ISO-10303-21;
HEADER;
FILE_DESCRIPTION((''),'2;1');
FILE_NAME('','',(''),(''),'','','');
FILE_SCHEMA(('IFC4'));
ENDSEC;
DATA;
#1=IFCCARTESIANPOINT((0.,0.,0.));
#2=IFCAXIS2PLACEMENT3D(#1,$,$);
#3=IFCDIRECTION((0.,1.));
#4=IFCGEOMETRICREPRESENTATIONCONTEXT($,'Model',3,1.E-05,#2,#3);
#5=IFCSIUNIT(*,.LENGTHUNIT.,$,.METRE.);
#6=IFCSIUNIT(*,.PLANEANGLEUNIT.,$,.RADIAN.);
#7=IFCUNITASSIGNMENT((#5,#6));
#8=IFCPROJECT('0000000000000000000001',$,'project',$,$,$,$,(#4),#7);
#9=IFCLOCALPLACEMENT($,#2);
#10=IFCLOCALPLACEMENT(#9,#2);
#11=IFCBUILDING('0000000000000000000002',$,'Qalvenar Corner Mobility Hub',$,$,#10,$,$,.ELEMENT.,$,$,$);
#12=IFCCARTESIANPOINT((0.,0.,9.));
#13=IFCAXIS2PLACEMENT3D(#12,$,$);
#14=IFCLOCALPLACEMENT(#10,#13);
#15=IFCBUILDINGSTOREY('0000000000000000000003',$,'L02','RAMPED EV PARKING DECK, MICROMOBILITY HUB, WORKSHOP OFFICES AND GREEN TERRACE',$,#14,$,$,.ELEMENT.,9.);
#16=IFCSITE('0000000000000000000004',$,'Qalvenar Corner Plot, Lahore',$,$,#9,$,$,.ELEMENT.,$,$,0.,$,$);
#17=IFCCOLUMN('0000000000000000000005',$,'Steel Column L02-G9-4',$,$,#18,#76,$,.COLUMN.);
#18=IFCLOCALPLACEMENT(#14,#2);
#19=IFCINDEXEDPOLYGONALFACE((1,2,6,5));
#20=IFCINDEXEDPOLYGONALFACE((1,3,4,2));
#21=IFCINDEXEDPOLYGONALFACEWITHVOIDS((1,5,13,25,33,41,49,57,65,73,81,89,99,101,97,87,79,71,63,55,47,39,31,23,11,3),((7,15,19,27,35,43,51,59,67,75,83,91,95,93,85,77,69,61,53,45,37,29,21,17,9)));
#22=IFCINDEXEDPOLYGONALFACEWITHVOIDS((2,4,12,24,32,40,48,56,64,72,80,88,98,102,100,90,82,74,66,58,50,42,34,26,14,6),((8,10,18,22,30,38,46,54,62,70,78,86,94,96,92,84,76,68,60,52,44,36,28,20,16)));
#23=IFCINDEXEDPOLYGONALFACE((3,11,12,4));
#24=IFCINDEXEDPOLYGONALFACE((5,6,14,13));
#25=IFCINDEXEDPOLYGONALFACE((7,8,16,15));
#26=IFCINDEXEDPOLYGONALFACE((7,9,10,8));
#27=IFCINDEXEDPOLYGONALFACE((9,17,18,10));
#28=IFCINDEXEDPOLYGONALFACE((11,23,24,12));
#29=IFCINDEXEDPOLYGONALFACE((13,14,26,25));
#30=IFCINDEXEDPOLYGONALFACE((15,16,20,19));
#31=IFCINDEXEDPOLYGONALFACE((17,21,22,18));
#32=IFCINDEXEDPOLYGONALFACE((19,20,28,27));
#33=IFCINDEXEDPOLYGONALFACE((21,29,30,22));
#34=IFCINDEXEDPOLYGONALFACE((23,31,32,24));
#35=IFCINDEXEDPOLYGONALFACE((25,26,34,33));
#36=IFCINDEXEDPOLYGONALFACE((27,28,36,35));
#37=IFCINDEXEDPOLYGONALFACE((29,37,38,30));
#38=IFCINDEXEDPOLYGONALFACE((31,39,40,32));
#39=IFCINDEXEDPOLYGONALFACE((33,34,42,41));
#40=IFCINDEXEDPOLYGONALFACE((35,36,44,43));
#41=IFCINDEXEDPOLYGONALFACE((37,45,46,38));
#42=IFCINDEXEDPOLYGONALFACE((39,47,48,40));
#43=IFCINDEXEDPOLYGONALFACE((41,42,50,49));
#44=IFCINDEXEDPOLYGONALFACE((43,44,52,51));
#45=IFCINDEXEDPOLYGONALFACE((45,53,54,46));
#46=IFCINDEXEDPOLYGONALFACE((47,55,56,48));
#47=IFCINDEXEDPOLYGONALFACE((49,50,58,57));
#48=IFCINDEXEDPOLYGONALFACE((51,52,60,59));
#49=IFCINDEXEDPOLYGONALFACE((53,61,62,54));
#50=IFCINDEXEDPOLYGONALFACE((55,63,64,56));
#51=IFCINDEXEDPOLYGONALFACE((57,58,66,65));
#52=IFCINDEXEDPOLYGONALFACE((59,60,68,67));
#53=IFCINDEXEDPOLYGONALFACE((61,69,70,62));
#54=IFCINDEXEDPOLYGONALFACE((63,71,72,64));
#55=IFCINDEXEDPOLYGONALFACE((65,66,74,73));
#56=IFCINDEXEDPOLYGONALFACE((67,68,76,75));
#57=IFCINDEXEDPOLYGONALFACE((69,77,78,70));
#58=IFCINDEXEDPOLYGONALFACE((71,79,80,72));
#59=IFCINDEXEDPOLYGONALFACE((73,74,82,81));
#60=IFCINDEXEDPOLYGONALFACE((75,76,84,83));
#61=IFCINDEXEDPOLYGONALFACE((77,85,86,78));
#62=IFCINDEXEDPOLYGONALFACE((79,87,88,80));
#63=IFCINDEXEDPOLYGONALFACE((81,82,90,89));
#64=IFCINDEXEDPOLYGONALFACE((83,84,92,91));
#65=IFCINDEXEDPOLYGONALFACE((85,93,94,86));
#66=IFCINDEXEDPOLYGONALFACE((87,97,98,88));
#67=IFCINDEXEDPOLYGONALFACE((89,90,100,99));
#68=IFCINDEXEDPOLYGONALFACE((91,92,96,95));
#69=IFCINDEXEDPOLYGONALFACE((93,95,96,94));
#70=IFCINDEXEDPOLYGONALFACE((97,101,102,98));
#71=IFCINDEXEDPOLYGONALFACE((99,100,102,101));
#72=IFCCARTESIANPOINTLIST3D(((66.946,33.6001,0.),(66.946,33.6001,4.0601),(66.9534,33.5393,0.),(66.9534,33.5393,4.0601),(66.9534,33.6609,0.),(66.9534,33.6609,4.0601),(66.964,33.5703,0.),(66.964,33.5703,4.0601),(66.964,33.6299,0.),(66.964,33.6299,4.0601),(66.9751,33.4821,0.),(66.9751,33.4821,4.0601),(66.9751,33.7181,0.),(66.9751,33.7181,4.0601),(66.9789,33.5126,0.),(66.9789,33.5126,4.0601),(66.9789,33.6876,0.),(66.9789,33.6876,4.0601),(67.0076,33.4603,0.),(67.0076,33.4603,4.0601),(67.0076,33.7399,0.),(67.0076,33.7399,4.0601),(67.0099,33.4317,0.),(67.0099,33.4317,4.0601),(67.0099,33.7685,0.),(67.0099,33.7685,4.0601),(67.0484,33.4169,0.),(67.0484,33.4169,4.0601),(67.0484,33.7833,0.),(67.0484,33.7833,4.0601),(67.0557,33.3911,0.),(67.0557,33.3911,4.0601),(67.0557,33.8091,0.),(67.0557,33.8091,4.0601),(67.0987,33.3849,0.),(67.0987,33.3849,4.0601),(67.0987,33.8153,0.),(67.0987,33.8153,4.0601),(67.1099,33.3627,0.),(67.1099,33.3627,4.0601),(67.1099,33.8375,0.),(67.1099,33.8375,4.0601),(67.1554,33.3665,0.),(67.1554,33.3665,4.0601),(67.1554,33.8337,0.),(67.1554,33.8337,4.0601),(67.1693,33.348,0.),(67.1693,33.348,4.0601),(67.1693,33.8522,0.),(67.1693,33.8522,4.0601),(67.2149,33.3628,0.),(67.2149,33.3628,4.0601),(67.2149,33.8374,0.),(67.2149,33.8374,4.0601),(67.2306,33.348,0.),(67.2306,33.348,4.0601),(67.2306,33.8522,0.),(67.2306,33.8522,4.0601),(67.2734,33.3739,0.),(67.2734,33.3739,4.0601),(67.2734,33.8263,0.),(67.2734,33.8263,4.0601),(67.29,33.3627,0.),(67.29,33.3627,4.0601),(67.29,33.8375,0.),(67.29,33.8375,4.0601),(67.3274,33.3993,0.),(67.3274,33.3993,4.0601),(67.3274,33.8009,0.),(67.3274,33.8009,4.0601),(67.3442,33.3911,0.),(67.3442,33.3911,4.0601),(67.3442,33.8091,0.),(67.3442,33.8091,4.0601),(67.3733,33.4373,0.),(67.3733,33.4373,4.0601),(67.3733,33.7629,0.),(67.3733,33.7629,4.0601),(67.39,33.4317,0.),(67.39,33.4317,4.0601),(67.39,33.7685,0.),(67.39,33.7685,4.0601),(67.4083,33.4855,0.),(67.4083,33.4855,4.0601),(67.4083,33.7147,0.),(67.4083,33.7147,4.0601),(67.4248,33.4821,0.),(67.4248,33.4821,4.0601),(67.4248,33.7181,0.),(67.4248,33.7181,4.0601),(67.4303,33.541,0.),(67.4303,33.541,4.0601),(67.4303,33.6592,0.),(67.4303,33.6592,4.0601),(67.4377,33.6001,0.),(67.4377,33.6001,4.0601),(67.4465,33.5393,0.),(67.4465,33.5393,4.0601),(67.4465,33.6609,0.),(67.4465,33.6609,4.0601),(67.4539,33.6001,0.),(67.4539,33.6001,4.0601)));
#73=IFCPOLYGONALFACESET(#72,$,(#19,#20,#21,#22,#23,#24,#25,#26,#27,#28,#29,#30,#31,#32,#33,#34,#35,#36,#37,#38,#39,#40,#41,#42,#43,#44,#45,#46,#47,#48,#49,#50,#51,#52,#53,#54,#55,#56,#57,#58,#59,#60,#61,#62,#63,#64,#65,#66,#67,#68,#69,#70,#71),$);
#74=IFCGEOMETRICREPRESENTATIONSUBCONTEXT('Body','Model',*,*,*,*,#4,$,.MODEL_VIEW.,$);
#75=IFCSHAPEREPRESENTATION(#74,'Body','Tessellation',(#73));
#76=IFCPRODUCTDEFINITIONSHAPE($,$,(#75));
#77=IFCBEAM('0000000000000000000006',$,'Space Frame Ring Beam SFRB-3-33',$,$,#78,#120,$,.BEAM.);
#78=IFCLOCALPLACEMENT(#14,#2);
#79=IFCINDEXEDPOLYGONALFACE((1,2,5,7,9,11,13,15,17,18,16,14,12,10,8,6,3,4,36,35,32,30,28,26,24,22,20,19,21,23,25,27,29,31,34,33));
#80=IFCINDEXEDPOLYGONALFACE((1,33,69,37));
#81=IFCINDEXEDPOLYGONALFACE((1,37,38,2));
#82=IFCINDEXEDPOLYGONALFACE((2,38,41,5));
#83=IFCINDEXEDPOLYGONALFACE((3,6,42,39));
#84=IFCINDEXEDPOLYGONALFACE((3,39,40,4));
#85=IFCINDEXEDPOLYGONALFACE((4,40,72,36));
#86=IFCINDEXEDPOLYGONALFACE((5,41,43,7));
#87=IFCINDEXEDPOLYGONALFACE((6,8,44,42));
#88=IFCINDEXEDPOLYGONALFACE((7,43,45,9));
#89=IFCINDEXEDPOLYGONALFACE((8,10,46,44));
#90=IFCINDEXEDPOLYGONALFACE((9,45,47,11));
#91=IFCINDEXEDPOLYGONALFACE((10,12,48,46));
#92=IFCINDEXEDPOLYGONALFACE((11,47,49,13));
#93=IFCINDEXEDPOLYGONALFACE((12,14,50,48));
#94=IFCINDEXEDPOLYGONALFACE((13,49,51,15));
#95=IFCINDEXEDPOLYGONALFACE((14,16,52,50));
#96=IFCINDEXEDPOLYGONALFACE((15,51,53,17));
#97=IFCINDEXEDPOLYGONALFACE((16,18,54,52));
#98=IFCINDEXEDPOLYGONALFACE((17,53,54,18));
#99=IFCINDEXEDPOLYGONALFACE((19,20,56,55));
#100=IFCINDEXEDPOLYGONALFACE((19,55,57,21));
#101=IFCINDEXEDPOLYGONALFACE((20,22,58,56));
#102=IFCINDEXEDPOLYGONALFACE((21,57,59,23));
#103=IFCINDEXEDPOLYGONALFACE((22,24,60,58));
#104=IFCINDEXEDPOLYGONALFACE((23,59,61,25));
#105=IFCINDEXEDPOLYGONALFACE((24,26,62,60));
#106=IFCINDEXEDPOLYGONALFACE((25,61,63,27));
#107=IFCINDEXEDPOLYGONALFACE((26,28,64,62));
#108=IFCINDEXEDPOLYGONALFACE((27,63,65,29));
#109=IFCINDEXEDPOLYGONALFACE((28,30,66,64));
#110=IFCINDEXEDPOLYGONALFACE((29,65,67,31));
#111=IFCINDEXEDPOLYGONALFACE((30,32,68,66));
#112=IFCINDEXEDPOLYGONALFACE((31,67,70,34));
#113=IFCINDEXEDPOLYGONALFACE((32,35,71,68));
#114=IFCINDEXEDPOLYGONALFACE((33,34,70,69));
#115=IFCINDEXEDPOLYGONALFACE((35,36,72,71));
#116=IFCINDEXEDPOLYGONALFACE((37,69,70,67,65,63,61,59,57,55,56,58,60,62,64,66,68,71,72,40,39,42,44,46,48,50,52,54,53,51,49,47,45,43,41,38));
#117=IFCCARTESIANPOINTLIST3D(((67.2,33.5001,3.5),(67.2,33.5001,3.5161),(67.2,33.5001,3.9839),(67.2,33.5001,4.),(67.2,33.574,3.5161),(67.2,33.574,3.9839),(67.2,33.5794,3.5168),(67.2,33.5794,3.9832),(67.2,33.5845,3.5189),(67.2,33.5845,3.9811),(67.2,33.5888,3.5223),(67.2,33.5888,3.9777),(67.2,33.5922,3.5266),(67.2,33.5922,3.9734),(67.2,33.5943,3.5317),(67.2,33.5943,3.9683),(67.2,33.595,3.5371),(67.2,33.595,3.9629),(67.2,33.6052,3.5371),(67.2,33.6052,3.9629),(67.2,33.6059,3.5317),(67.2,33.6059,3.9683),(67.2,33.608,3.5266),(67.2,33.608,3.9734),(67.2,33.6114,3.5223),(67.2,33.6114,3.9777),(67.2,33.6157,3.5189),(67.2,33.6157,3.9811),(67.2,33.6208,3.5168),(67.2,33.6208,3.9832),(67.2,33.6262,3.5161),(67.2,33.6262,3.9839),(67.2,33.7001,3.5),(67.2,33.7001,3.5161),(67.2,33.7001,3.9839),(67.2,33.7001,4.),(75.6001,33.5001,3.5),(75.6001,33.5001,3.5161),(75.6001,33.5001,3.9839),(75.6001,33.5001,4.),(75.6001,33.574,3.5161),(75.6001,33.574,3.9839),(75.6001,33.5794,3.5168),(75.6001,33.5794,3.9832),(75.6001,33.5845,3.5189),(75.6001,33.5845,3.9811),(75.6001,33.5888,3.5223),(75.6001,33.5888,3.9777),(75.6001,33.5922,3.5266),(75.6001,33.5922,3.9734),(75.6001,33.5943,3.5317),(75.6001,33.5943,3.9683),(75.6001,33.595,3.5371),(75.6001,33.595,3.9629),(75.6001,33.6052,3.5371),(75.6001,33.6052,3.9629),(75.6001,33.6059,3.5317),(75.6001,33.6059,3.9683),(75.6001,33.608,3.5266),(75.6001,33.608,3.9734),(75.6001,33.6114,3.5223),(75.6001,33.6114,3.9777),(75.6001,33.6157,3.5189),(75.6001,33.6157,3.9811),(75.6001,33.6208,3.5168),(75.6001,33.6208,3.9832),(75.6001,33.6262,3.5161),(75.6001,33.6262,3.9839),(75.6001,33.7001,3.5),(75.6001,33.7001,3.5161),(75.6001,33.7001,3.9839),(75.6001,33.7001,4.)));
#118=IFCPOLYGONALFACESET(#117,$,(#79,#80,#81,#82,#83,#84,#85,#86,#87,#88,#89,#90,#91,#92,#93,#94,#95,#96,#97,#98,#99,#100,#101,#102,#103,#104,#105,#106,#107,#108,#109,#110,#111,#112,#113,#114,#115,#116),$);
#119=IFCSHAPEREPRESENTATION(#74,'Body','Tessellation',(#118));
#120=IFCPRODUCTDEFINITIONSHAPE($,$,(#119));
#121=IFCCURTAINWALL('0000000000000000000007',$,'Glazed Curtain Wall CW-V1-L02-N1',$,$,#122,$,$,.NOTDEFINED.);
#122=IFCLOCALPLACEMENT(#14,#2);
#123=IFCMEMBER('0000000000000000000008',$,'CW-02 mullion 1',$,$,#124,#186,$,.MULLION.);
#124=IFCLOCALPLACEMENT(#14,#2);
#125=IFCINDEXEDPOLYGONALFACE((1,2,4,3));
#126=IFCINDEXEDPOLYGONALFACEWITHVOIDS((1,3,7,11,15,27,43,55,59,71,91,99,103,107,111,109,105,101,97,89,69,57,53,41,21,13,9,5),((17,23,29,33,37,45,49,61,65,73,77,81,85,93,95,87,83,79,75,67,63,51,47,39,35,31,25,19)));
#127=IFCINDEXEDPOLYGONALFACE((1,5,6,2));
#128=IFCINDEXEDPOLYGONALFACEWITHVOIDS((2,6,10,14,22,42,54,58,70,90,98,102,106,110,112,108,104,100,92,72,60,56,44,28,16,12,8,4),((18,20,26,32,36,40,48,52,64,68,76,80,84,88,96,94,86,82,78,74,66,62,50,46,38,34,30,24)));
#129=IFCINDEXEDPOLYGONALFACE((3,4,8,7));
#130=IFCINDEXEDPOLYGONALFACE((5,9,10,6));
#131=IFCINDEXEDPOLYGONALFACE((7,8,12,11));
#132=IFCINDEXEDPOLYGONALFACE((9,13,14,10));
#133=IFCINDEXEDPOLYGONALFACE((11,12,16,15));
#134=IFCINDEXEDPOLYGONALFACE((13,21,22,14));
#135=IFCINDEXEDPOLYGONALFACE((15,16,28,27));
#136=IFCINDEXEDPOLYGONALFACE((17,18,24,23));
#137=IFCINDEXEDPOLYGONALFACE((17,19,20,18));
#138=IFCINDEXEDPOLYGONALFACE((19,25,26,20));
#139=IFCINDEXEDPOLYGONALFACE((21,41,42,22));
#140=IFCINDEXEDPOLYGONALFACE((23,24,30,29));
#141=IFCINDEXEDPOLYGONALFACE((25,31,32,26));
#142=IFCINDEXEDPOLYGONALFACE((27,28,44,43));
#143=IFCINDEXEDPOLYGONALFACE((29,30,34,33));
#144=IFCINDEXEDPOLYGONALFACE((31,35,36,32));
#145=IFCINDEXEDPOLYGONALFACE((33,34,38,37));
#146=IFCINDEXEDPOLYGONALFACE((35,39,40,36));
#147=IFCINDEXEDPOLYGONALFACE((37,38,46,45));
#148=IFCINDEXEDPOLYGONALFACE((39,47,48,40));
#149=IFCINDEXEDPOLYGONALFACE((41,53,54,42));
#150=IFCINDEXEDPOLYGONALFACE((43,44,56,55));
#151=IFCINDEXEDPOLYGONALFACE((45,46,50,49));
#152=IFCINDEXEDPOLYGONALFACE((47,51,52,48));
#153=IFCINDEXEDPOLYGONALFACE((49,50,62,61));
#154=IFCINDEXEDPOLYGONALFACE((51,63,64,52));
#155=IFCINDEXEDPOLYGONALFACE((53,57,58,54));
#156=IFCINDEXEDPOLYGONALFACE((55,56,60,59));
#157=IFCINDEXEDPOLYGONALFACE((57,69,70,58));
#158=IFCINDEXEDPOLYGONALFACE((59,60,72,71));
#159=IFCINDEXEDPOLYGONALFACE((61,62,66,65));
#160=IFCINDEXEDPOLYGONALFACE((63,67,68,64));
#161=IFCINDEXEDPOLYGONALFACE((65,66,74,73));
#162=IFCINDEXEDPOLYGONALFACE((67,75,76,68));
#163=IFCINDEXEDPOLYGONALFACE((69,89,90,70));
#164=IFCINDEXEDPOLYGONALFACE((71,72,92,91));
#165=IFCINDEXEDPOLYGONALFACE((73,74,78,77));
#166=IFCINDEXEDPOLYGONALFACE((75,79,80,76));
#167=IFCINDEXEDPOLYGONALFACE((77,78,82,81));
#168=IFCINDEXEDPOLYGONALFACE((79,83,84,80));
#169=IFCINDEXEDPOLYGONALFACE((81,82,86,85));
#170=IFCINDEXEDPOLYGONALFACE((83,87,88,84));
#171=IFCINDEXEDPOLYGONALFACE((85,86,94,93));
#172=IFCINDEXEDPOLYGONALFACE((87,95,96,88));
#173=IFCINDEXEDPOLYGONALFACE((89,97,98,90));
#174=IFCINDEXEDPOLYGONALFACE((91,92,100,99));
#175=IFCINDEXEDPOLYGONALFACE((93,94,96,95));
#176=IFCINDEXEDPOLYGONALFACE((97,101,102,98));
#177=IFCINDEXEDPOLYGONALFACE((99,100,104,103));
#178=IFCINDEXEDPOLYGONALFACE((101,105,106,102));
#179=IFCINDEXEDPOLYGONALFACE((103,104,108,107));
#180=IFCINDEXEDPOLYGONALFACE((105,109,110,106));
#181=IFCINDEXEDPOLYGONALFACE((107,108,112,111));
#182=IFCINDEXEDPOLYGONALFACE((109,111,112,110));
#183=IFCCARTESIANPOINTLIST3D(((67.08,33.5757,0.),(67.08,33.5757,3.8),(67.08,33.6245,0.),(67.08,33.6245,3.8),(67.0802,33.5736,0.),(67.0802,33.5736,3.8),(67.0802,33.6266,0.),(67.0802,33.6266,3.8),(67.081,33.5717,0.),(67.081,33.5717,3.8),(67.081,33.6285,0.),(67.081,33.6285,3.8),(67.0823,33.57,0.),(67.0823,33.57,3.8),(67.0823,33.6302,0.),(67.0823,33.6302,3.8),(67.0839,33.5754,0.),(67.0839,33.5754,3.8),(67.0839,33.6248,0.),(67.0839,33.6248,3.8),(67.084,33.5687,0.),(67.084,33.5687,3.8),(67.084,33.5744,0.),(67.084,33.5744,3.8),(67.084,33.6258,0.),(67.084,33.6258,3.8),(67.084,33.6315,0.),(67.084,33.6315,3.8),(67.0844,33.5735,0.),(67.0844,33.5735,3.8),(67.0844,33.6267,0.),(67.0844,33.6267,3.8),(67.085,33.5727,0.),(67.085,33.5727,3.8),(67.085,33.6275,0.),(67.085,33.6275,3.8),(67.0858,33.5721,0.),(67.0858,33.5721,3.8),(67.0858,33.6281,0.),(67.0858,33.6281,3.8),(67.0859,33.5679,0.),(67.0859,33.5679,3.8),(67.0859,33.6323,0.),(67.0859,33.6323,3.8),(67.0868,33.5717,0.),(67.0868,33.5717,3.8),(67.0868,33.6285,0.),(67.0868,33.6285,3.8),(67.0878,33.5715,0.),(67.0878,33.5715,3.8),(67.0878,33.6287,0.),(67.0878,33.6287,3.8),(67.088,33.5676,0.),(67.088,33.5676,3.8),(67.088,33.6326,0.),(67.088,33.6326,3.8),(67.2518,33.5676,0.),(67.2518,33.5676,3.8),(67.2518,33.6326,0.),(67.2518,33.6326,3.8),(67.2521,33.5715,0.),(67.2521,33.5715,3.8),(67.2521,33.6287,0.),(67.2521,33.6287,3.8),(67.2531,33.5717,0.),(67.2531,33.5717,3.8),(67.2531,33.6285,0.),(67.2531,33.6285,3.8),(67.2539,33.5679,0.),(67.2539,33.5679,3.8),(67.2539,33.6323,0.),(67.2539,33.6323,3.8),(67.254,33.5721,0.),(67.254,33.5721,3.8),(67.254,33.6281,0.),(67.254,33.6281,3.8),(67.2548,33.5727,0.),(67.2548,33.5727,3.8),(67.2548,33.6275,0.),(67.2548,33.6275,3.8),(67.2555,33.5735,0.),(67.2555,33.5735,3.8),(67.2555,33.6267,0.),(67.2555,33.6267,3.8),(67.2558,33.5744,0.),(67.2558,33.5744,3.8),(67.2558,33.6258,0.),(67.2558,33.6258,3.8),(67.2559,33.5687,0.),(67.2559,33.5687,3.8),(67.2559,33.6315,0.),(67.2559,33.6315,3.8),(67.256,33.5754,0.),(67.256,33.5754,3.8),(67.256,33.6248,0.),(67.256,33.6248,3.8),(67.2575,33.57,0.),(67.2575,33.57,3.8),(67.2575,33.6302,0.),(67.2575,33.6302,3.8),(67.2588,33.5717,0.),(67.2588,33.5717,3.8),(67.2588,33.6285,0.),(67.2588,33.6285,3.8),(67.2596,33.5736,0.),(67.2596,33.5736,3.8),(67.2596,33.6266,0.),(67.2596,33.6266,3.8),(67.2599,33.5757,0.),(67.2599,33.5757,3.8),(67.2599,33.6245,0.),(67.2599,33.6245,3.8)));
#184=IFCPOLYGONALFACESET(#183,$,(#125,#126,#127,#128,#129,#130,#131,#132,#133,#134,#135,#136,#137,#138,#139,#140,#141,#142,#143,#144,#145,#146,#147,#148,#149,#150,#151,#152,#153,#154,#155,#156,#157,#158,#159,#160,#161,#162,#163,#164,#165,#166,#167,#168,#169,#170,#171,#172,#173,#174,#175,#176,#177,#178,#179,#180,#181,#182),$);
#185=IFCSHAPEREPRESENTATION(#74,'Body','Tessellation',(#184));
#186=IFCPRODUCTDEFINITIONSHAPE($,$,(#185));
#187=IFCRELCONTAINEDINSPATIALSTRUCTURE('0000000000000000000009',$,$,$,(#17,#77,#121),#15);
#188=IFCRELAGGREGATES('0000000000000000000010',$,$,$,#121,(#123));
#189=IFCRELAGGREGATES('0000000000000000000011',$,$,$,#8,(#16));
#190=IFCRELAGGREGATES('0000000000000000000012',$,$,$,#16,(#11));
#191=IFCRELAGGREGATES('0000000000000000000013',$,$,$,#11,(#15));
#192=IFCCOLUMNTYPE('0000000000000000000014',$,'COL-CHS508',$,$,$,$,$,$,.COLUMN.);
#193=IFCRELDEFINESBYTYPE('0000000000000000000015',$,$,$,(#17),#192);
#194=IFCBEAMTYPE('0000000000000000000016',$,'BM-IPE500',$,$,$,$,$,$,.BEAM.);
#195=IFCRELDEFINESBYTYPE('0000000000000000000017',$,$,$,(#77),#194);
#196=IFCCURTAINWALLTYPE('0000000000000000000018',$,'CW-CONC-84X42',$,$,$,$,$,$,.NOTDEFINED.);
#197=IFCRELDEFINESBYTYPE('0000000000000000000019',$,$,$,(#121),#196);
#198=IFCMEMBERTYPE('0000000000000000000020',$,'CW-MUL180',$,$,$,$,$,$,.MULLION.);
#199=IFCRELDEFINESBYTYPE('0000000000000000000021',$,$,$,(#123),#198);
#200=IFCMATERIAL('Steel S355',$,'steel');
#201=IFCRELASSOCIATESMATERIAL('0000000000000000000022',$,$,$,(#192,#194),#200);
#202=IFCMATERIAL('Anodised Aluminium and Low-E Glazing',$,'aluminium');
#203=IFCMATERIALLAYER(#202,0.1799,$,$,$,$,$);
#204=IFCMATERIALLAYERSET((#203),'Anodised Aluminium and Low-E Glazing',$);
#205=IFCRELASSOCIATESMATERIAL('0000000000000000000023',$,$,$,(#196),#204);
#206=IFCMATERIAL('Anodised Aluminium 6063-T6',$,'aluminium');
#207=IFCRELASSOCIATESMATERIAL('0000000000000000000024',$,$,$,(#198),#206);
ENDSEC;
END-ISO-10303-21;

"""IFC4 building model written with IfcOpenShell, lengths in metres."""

from ifc_helpers import new_model, si_unit, direction, frame, origin, origin_2d, place, context, subcontext, project, spatial, hollow_rectangle, hollow_circle, i_section, extrude, material, layer, layer_set, material_profile, profile_set, type_object, element, aggregate, save


model = new_model("IFC4")

# Units and contexts
model_context = context("Model", 3, precision=1e-05, world=origin(), true_north=direction((0.0, 1.0)))
body_context = subcontext(model_context, "Body", "Model", "MODEL_VIEW")
ifc_project = project(units=[si_unit("LENGTHUNIT", "METRE"), si_unit("PLANEANGLEUNIT", "RADIAN")], contexts=[model_context])

# Site, building, storey
site_placement = place(None, origin())
site = spatial("IfcSite", under=ifc_project, at=site_placement, Name="Qalvenar Corner Plot, Lahore", CompositionType="ELEMENT", RefElevation=0.0)
building_placement = place(site_placement, origin())
building = spatial("IfcBuilding", under=site, at=building_placement, Name="Qalvenar Corner Mobility Hub", CompositionType="ELEMENT")
storey_placement = place(building_placement, frame((0.0, 0.0, 9.0)))
storey = spatial("IfcBuildingStorey", under=building, at=storey_placement, Name="L02", Description="RAMPED EV PARKING DECK, MICROMOBILITY HUB, WORKSHOP OFFICES AND GREEN TERRACE", CompositionType="ELEMENT", Elevation=9.0)

# Column
ifc_material_1 = material(Name="Steel S355", Category="steel")
ifc_material_profile_1 = material_profile(ifc_material_1, hollow_circle(Radius=0.2539, WallThickness=0.0161, at=origin_2d()), Name="CHS508x16")
ifc_profile_set_1 = profile_set([ifc_material_profile_1], Name="Steel S355")
column_type = type_object("IfcColumnType", Name="COL-CHS508", PredefinedType="COLUMN", material=ifc_profile_set_1)
column_placement = place(storey_placement, frame((67.2, 33.6001, 0.0), z_axis=(0.0, 0.0, 1.0), x_axis=(1.0, 0.0, 0.0)))
element("IfcColumn", 1, at=column_placement, inside=storey, type_object=column_type, Name="Steel Column L02-G9-4", PredefinedType="COLUMN", context=body_context, shape_type="SweptSolid", body=[
    extrude(hollow_circle(Radius=0.2539, WallThickness=0.0161, at=origin_2d()), origin(), (0.0, 0.0, 1.0), 4.0601),
])

# Beam
ifc_material_profile_2 = material_profile(ifc_material_1, i_section(OverallWidth=0.2, OverallDepth=0.5, WebThickness=0.0103, FlangeThickness=0.0161, FilletRadius=0.021, at=origin_2d()), Name="IPE500")
ifc_profile_set_2 = profile_set([ifc_material_profile_2], Name="Steel S355")
beam_type = type_object("IfcBeamType", Name="BM-IPE500", PredefinedType="BEAM", material=ifc_profile_set_2)
beam_placement = place(storey_placement, frame((67.2, 33.6001, 3.75), z_axis=(1.0, 0.0, 0.0), x_axis=(0.0, 1.0, 0.0)))
element("IfcBeam", 2, at=beam_placement, inside=storey, type_object=beam_type, Name="Space Frame Ring Beam SFRB-3-33", PredefinedType="BEAM", context=body_context, shape_type="SweptSolid", body=[
    extrude(i_section(OverallWidth=0.2, OverallDepth=0.5, WebThickness=0.0103, FlangeThickness=0.0161, FilletRadius=0.021, at=origin_2d()), origin(), (0.0, 0.0, 1.0), 8.4001),
])

# Curtain wall, member
ifc_material_2 = material(Name="Anodised Aluminium and Low-E Glazing", Category="aluminium")
ifc_layer_1 = layer(ifc_material_2, 0.1799)
ifc_layer_set_1 = layer_set([ifc_layer_1], Name="Anodised Aluminium and Low-E Glazing")
curtain_wall_type = type_object("IfcCurtainWallType", Name="CW-CONC-84X42", PredefinedType="NOTDEFINED", material=ifc_layer_set_1)
curtain_wall_1_placement = place(storey_placement, origin())
curtain_wall_1 = element("IfcCurtainWall", 3, at=curtain_wall_1_placement, inside=storey, type_object=curtain_wall_type, Name="Glazed Curtain Wall CW-V1-L02-N1", PredefinedType="NOTDEFINED")
ifc_material_3 = material(Name="Anodised Aluminium 6063-T6", Category="aluminium")
ifc_material_profile_3 = material_profile(ifc_material_3, hollow_rectangle(XDim=0.0649, YDim=0.1799, WallThickness=0.0039, InnerFilletRadius=0.0039, OuterFilletRadius=0.0081, at=origin_2d()), Name="RHS180x65x4")
ifc_profile_set_3 = profile_set([ifc_material_profile_3], Name="Anodised Aluminium 6063-T6")
member_type_1 = type_object("IfcMemberType", Name="CW-MUL180", PredefinedType="MULLION", material=ifc_profile_set_3)
member_1_placement = place(storey_placement, frame((67.1699, 33.6001, 0.0), z_axis=(0.0, 0.0, 1.0), x_axis=(0.0, -1.0, 0.0)))
member_1 = element("IfcMember", 4, at=member_1_placement, type_object=member_type_1, Name="CW-02 mullion 1", PredefinedType="MULLION", context=body_context, shape_type="SweptSolid", body=[
    extrude(hollow_rectangle(XDim=0.0649, YDim=0.1799, WallThickness=0.0039, InnerFilletRadius=0.0039, OuterFilletRadius=0.0081, at=origin_2d()), origin(), (0.0, 0.0, 1.0), 3.8),
])

aggregate(curtain_wall_1, [member_1])

save(model, "model.ifc")
